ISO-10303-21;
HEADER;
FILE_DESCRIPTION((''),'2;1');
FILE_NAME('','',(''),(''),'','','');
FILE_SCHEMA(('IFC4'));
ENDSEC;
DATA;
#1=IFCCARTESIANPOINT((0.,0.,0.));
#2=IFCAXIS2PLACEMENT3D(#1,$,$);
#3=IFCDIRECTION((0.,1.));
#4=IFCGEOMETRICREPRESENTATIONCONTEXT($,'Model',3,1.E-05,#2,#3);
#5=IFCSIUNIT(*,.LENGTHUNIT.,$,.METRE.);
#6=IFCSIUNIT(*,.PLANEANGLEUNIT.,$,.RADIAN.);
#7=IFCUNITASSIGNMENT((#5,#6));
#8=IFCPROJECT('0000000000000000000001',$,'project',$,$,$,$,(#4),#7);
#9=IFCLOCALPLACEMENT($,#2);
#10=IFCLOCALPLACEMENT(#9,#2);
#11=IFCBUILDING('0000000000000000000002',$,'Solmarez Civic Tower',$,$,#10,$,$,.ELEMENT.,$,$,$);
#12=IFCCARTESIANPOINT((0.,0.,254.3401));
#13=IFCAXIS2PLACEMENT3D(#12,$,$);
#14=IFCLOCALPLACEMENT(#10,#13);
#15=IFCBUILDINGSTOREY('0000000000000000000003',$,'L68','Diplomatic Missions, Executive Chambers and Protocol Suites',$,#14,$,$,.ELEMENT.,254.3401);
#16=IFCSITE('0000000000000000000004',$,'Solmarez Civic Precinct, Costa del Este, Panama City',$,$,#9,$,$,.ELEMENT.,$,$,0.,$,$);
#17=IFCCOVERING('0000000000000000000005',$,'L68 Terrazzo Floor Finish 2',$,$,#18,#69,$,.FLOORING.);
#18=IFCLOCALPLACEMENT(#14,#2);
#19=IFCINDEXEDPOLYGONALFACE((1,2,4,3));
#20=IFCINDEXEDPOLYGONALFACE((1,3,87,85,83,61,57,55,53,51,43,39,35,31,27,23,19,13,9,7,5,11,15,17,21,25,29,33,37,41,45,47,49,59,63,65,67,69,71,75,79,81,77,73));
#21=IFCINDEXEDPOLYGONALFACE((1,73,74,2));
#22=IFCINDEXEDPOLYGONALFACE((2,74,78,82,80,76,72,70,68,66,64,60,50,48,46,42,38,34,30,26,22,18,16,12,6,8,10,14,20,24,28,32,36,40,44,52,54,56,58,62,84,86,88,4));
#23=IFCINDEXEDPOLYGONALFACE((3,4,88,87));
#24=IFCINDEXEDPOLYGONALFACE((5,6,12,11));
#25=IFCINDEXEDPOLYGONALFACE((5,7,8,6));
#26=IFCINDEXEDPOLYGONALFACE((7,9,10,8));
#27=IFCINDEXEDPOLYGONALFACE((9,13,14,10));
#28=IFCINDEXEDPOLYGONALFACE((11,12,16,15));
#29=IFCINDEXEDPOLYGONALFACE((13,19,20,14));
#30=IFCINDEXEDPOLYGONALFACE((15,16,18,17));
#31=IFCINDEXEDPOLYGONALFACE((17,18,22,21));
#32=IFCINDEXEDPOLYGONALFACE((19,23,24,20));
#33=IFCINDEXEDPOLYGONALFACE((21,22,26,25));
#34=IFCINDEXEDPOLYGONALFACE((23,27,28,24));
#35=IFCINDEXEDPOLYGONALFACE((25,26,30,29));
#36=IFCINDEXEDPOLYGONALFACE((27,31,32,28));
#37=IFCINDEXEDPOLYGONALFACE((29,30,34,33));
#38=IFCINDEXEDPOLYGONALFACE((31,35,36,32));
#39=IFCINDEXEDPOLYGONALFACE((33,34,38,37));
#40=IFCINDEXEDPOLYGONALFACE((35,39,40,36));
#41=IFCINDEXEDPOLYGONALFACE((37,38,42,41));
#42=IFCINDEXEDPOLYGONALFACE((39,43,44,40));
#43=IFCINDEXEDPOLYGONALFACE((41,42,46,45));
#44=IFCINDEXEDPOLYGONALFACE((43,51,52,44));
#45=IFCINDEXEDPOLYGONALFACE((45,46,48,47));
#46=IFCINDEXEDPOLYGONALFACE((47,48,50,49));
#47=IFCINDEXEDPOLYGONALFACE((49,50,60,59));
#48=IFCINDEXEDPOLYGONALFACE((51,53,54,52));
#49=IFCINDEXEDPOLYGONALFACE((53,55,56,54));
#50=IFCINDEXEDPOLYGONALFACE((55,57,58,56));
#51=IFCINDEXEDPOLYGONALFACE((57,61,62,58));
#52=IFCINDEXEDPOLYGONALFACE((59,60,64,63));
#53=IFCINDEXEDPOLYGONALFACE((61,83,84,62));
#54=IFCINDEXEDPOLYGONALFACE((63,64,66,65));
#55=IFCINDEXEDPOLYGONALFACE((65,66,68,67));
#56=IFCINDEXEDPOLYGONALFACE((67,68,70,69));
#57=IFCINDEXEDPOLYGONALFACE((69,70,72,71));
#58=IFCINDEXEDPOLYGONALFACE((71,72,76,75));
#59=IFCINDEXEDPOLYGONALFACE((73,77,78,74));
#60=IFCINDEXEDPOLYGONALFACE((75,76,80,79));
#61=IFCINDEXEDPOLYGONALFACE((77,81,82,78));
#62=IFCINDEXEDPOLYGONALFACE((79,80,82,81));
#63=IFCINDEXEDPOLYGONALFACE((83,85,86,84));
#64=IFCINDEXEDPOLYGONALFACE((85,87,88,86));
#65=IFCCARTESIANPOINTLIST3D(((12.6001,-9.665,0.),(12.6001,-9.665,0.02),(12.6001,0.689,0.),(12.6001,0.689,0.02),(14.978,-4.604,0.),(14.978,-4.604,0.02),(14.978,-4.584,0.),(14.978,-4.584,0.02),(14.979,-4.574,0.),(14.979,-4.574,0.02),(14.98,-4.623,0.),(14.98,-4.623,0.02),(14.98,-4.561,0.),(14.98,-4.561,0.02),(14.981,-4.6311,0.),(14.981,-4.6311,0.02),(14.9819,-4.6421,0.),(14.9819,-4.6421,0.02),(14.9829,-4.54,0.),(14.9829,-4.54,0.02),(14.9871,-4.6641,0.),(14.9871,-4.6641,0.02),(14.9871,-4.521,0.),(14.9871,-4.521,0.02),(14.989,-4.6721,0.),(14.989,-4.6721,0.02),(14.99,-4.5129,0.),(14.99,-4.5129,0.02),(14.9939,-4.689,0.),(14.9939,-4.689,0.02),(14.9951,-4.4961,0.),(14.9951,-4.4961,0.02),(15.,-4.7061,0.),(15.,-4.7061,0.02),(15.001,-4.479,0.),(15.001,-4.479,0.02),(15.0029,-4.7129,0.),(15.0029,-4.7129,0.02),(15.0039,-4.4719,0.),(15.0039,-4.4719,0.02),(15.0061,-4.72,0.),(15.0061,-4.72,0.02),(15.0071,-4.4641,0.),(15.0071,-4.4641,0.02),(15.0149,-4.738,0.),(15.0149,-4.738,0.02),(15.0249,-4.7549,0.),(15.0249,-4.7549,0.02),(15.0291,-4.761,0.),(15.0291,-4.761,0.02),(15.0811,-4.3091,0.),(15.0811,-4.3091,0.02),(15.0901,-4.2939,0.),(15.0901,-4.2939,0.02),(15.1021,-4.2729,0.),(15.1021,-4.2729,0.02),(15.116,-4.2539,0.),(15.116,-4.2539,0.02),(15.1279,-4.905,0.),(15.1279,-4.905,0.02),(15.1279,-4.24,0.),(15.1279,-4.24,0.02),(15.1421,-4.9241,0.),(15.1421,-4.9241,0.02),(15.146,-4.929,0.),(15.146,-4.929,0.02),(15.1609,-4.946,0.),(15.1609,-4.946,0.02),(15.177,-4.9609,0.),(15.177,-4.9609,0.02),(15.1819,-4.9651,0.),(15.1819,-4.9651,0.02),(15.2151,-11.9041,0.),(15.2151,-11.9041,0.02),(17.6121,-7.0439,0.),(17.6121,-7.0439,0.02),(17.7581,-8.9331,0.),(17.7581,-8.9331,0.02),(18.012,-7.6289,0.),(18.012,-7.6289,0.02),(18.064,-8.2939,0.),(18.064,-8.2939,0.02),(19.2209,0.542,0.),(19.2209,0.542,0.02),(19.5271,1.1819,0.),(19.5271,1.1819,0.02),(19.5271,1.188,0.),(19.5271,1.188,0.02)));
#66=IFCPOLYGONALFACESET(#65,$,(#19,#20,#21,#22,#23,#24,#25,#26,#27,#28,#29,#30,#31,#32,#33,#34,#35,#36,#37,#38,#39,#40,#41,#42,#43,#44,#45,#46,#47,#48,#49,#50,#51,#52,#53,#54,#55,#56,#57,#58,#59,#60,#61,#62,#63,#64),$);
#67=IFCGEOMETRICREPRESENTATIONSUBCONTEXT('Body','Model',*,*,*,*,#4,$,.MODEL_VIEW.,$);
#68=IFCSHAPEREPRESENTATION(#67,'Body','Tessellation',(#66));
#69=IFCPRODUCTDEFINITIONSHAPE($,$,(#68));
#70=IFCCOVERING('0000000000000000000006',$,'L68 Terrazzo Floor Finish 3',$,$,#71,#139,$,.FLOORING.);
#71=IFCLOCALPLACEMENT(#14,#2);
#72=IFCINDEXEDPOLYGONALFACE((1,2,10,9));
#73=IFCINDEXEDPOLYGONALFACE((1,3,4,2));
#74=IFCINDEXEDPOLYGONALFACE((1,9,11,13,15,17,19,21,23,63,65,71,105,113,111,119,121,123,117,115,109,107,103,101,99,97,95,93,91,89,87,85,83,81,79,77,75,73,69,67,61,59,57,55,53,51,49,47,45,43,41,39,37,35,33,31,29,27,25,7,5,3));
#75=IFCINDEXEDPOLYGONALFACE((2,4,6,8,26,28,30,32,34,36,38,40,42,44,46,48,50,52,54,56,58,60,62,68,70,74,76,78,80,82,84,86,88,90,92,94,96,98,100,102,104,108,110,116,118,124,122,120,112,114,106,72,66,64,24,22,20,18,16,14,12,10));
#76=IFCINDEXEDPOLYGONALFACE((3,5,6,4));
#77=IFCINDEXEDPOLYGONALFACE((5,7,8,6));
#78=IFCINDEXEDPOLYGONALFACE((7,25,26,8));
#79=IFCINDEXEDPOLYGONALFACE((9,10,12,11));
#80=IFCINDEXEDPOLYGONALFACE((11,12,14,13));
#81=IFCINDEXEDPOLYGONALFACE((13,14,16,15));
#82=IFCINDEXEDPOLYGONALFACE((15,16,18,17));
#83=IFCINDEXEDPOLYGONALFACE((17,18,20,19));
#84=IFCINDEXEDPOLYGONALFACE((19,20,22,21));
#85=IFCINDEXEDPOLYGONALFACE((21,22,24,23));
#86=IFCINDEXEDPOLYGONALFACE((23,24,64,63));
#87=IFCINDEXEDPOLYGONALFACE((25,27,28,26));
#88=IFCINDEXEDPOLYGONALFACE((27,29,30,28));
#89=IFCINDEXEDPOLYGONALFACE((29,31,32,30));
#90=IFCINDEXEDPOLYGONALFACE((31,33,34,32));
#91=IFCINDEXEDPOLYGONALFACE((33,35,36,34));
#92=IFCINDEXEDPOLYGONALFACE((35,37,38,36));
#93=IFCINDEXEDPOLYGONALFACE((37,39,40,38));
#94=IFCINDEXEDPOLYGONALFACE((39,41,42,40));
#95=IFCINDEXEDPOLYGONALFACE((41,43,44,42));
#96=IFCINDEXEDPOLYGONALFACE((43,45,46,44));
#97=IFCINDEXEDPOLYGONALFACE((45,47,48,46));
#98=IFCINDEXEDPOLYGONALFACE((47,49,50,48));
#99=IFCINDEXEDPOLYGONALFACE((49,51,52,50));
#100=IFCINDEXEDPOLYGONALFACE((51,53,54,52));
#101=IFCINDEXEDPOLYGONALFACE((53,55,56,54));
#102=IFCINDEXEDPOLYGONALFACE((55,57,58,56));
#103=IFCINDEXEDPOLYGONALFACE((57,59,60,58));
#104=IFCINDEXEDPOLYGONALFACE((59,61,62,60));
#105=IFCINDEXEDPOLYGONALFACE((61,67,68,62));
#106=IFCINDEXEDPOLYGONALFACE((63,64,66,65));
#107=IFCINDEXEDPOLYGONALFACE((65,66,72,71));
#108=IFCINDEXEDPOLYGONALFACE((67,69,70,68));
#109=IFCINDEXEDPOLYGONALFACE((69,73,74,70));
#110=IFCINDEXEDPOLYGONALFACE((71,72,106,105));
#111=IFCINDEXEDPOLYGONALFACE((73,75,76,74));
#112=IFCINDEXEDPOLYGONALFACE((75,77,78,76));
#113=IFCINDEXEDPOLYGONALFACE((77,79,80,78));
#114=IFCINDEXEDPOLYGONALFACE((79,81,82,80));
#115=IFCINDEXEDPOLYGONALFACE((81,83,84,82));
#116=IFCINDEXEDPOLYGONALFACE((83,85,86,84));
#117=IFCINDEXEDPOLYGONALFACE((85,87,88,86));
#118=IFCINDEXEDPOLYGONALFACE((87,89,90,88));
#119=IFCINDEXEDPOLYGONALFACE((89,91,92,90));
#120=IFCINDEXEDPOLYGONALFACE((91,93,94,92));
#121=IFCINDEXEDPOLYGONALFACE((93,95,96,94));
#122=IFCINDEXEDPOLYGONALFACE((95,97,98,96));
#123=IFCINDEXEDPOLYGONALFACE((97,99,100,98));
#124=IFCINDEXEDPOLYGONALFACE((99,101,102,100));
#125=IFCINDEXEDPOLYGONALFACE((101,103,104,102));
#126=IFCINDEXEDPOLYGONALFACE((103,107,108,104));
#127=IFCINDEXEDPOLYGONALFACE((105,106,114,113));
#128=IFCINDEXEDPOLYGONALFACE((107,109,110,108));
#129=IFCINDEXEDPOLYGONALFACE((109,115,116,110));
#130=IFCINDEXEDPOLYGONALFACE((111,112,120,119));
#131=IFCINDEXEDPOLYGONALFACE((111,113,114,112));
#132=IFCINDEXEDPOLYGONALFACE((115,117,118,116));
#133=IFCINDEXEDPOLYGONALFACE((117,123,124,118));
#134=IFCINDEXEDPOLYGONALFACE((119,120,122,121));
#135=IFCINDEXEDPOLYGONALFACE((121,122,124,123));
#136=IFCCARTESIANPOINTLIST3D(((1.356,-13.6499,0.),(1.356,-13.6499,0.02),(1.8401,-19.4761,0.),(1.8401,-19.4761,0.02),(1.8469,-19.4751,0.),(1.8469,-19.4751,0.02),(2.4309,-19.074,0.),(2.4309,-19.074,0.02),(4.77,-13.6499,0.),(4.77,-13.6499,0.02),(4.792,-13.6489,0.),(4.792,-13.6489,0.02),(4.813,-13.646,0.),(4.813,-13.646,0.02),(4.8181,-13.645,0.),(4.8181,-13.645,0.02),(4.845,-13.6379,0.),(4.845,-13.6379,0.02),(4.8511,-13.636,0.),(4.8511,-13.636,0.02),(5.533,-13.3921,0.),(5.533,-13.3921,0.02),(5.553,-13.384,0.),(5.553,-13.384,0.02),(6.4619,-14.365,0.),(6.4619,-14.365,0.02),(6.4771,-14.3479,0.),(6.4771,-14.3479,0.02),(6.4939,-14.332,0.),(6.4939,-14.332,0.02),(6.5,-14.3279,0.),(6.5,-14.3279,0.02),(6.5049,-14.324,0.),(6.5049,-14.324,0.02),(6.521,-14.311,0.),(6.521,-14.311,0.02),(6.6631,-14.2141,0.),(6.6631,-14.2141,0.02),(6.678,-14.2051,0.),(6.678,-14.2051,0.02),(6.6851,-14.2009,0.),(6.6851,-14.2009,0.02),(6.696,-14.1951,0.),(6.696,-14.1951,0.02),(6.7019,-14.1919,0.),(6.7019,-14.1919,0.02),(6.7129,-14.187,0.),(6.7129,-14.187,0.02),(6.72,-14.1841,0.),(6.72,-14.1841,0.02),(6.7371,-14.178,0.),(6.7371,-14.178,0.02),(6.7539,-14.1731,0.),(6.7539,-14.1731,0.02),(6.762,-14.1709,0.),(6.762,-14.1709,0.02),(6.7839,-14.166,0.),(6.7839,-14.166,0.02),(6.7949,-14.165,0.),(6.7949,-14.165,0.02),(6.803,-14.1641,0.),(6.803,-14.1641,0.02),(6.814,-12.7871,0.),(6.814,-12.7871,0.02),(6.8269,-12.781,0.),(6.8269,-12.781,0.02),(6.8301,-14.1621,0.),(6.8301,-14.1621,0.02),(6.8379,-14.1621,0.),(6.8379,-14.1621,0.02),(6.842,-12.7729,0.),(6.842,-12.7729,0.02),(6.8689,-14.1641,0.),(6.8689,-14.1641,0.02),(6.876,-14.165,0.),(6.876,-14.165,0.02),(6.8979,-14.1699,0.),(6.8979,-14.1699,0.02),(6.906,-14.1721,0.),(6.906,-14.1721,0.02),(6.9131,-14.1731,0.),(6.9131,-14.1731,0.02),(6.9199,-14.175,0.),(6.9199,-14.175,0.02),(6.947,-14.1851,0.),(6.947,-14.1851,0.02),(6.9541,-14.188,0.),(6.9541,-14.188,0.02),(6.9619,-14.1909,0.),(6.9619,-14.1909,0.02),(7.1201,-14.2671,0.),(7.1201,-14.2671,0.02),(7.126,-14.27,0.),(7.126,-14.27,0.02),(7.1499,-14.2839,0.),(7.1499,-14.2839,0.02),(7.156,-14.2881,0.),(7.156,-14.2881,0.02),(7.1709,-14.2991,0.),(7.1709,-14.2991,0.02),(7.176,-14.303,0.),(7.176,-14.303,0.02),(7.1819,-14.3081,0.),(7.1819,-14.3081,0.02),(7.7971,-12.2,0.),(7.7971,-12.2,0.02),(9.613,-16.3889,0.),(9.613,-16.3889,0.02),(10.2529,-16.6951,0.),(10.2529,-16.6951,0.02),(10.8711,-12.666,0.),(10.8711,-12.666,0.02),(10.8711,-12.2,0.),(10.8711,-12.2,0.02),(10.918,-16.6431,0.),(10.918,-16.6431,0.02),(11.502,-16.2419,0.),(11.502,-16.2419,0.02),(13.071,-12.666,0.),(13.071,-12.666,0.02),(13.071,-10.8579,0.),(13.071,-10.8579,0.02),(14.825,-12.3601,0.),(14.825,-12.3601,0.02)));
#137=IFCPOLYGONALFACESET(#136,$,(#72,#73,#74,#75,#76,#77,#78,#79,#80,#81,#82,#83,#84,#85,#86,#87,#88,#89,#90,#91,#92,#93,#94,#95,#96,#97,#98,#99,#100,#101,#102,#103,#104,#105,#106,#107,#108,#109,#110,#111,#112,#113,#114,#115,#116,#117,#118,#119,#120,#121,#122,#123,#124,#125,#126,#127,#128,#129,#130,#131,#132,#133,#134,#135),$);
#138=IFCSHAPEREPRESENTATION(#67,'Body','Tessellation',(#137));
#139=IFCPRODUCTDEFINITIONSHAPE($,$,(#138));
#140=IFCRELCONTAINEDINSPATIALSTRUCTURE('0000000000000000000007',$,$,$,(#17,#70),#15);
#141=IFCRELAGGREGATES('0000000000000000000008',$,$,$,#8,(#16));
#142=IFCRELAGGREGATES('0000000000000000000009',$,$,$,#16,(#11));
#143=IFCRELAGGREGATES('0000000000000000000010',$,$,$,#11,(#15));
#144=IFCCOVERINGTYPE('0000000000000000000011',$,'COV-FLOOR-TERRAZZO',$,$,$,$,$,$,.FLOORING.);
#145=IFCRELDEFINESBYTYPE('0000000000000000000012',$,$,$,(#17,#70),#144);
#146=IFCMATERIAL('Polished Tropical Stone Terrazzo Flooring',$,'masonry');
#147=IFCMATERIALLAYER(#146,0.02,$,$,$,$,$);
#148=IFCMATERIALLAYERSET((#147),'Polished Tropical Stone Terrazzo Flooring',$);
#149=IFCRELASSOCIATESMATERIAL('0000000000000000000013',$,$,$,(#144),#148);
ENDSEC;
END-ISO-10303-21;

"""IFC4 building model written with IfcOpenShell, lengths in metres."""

from ifc_helpers import new_model, si_unit, direction, frame, origin, place, context, subcontext, project, spatial, polyline, outline, extrude, material, layer, layer_set, type_object, element, save


model = new_model("IFC4")

# Units and contexts
model_context = context("Model", 3, precision=1e-05, world=origin(), true_north=direction((0.0, 1.0)))
body_context = subcontext(model_context, "Body", "Model", "MODEL_VIEW")
ifc_project = project(units=[si_unit("LENGTHUNIT", "METRE"), si_unit("PLANEANGLEUNIT", "RADIAN")], contexts=[model_context])

# Site, building, storey
site_placement = place(None, origin())
site = spatial("IfcSite", under=ifc_project, at=site_placement, Name="Solmarez Civic Precinct, Costa del Este, Panama City", CompositionType="ELEMENT", RefElevation=0.0)
building_placement = place(site_placement, origin())
building = spatial("IfcBuilding", under=site, at=building_placement, Name="Solmarez Civic Tower", CompositionType="ELEMENT")
storey_placement = place(building_placement, frame((0.0, 0.0, 254.3401)))
storey = spatial("IfcBuildingStorey", under=building, at=storey_placement, Name="L68", Description="Diplomatic Missions, Executive Chambers and Protocol Suites", CompositionType="ELEMENT", Elevation=254.3401)

# Coverings
ifc_material_1 = material(Name="Polished Tropical Stone Terrazzo Flooring", Category="masonry")
ifc_layer_1 = layer(ifc_material_1, 0.02)
ifc_layer_set_1 = layer_set([ifc_layer_1], Name="Polished Tropical Stone Terrazzo Flooring")
covering_type_1 = type_object("IfcCoveringType", Name="COV-FLOOR-TERRAZZO", PredefinedType="FLOORING", material=ifc_layer_set_1)
covering_1_placement = place(storey_placement, origin())
element("IfcCovering", 1, at=covering_1_placement, inside=storey, type_object=covering_type_1, Name="L68 Terrazzo Floor Finish 2", PredefinedType="FLOORING", context=body_context, shape_type="SweptSolid", body=[
    extrude(outline(polyline([(12.6001, 0.689), (12.6001, -9.665), (15.2151, -11.9041), (17.7581, -8.9331), (18.064, -8.2939), (18.012, -7.6289), (17.6121, -7.0439), (15.1819, -4.9651), (15.177, -4.9609), (15.1609, -4.946), (15.146, -4.929), (15.1421, -4.9241), (15.1279, -4.905), (15.0291, -4.761), (15.0249, -4.7549), (15.0149, -4.738), (15.0061, -4.72), (15.0029, -4.7129), (15.0, -4.7061), (14.9939, -4.689), (14.989, -4.6721), (14.9871, -4.6641), (14.9819, -4.6421), (14.981, -4.6311), (14.98, -4.623), (14.978, -4.604), (14.978, -4.584), (14.979, -4.574), (14.98, -4.561), (14.9829, -4.54), (14.9871, -4.521), (14.99, -4.5129), (14.9951, -4.4961), (15.001, -4.479), (15.0039, -4.4719), (15.0071, -4.4641), (15.0811, -4.3091), (15.0901, -4.2939), (15.1021, -4.2729), (15.116, -4.2539), (15.1279, -4.24), (19.2209, 0.542), (19.5271, 1.1819), (19.5271, 1.188), (12.6001, 0.689)])), origin(), (0.0, 0.0, 1.0), 0.02),
])
covering_2_placement = place(storey_placement, origin())
element("IfcCovering", 2, at=covering_2_placement, inside=storey, type_object=covering_type_1, Name="L68 Terrazzo Floor Finish 3", PredefinedType="FLOORING", context=body_context, shape_type="SweptSolid", body=[
    extrude(outline(polyline([(6.5, -14.3279), (6.5049, -14.324), (6.521, -14.311), (6.6631, -14.2141), (6.678, -14.2051), (6.6851, -14.2009), (6.696, -14.1951), (6.7019, -14.1919), (6.7129, -14.187), (6.72, -14.1841), (6.7371, -14.178), (6.7539, -14.1731), (6.762, -14.1709), (6.7839, -14.166), (6.7949, -14.165), (6.803, -14.1641), (6.8301, -14.1621), (6.8379, -14.1621), (6.8689, -14.1641), (6.876, -14.165), (6.8979, -14.1699), (6.906, -14.1721), (6.9131, -14.1731), (6.9199, -14.175), (6.947, -14.1851), (6.9541, -14.188), (6.9619, -14.1909), (7.1201, -14.2671), (7.126, -14.27), (7.1499, -14.2839), (7.156, -14.2881), (7.1709, -14.2991), (7.176, -14.303), (7.1819, -14.3081), (9.613, -16.3889), (10.2529, -16.6951), (10.918, -16.6431), (11.502, -16.2419), (14.825, -12.3601), (13.071, -10.8579), (13.071, -12.666), (10.8711, -12.666), (10.8711, -12.2), (7.7971, -12.2), (6.842, -12.7729), (6.8269, -12.781), (6.814, -12.7871), (5.553, -13.384), (5.533, -13.3921), (4.8511, -13.636), (4.845, -13.6379), (4.8181, -13.645), (4.813, -13.646), (4.792, -13.6489), (4.77, -13.6499), (1.356, -13.6499), (1.8401, -19.4761), (1.8469, -19.4751), (2.4309, -19.074), (6.4619, -14.365), (6.4771, -14.3479), (6.4939, -14.332), (6.5, -14.3279)])), origin(), (0.0, 0.0, 1.0), 0.02),
])

save(model, "model.ifc")
